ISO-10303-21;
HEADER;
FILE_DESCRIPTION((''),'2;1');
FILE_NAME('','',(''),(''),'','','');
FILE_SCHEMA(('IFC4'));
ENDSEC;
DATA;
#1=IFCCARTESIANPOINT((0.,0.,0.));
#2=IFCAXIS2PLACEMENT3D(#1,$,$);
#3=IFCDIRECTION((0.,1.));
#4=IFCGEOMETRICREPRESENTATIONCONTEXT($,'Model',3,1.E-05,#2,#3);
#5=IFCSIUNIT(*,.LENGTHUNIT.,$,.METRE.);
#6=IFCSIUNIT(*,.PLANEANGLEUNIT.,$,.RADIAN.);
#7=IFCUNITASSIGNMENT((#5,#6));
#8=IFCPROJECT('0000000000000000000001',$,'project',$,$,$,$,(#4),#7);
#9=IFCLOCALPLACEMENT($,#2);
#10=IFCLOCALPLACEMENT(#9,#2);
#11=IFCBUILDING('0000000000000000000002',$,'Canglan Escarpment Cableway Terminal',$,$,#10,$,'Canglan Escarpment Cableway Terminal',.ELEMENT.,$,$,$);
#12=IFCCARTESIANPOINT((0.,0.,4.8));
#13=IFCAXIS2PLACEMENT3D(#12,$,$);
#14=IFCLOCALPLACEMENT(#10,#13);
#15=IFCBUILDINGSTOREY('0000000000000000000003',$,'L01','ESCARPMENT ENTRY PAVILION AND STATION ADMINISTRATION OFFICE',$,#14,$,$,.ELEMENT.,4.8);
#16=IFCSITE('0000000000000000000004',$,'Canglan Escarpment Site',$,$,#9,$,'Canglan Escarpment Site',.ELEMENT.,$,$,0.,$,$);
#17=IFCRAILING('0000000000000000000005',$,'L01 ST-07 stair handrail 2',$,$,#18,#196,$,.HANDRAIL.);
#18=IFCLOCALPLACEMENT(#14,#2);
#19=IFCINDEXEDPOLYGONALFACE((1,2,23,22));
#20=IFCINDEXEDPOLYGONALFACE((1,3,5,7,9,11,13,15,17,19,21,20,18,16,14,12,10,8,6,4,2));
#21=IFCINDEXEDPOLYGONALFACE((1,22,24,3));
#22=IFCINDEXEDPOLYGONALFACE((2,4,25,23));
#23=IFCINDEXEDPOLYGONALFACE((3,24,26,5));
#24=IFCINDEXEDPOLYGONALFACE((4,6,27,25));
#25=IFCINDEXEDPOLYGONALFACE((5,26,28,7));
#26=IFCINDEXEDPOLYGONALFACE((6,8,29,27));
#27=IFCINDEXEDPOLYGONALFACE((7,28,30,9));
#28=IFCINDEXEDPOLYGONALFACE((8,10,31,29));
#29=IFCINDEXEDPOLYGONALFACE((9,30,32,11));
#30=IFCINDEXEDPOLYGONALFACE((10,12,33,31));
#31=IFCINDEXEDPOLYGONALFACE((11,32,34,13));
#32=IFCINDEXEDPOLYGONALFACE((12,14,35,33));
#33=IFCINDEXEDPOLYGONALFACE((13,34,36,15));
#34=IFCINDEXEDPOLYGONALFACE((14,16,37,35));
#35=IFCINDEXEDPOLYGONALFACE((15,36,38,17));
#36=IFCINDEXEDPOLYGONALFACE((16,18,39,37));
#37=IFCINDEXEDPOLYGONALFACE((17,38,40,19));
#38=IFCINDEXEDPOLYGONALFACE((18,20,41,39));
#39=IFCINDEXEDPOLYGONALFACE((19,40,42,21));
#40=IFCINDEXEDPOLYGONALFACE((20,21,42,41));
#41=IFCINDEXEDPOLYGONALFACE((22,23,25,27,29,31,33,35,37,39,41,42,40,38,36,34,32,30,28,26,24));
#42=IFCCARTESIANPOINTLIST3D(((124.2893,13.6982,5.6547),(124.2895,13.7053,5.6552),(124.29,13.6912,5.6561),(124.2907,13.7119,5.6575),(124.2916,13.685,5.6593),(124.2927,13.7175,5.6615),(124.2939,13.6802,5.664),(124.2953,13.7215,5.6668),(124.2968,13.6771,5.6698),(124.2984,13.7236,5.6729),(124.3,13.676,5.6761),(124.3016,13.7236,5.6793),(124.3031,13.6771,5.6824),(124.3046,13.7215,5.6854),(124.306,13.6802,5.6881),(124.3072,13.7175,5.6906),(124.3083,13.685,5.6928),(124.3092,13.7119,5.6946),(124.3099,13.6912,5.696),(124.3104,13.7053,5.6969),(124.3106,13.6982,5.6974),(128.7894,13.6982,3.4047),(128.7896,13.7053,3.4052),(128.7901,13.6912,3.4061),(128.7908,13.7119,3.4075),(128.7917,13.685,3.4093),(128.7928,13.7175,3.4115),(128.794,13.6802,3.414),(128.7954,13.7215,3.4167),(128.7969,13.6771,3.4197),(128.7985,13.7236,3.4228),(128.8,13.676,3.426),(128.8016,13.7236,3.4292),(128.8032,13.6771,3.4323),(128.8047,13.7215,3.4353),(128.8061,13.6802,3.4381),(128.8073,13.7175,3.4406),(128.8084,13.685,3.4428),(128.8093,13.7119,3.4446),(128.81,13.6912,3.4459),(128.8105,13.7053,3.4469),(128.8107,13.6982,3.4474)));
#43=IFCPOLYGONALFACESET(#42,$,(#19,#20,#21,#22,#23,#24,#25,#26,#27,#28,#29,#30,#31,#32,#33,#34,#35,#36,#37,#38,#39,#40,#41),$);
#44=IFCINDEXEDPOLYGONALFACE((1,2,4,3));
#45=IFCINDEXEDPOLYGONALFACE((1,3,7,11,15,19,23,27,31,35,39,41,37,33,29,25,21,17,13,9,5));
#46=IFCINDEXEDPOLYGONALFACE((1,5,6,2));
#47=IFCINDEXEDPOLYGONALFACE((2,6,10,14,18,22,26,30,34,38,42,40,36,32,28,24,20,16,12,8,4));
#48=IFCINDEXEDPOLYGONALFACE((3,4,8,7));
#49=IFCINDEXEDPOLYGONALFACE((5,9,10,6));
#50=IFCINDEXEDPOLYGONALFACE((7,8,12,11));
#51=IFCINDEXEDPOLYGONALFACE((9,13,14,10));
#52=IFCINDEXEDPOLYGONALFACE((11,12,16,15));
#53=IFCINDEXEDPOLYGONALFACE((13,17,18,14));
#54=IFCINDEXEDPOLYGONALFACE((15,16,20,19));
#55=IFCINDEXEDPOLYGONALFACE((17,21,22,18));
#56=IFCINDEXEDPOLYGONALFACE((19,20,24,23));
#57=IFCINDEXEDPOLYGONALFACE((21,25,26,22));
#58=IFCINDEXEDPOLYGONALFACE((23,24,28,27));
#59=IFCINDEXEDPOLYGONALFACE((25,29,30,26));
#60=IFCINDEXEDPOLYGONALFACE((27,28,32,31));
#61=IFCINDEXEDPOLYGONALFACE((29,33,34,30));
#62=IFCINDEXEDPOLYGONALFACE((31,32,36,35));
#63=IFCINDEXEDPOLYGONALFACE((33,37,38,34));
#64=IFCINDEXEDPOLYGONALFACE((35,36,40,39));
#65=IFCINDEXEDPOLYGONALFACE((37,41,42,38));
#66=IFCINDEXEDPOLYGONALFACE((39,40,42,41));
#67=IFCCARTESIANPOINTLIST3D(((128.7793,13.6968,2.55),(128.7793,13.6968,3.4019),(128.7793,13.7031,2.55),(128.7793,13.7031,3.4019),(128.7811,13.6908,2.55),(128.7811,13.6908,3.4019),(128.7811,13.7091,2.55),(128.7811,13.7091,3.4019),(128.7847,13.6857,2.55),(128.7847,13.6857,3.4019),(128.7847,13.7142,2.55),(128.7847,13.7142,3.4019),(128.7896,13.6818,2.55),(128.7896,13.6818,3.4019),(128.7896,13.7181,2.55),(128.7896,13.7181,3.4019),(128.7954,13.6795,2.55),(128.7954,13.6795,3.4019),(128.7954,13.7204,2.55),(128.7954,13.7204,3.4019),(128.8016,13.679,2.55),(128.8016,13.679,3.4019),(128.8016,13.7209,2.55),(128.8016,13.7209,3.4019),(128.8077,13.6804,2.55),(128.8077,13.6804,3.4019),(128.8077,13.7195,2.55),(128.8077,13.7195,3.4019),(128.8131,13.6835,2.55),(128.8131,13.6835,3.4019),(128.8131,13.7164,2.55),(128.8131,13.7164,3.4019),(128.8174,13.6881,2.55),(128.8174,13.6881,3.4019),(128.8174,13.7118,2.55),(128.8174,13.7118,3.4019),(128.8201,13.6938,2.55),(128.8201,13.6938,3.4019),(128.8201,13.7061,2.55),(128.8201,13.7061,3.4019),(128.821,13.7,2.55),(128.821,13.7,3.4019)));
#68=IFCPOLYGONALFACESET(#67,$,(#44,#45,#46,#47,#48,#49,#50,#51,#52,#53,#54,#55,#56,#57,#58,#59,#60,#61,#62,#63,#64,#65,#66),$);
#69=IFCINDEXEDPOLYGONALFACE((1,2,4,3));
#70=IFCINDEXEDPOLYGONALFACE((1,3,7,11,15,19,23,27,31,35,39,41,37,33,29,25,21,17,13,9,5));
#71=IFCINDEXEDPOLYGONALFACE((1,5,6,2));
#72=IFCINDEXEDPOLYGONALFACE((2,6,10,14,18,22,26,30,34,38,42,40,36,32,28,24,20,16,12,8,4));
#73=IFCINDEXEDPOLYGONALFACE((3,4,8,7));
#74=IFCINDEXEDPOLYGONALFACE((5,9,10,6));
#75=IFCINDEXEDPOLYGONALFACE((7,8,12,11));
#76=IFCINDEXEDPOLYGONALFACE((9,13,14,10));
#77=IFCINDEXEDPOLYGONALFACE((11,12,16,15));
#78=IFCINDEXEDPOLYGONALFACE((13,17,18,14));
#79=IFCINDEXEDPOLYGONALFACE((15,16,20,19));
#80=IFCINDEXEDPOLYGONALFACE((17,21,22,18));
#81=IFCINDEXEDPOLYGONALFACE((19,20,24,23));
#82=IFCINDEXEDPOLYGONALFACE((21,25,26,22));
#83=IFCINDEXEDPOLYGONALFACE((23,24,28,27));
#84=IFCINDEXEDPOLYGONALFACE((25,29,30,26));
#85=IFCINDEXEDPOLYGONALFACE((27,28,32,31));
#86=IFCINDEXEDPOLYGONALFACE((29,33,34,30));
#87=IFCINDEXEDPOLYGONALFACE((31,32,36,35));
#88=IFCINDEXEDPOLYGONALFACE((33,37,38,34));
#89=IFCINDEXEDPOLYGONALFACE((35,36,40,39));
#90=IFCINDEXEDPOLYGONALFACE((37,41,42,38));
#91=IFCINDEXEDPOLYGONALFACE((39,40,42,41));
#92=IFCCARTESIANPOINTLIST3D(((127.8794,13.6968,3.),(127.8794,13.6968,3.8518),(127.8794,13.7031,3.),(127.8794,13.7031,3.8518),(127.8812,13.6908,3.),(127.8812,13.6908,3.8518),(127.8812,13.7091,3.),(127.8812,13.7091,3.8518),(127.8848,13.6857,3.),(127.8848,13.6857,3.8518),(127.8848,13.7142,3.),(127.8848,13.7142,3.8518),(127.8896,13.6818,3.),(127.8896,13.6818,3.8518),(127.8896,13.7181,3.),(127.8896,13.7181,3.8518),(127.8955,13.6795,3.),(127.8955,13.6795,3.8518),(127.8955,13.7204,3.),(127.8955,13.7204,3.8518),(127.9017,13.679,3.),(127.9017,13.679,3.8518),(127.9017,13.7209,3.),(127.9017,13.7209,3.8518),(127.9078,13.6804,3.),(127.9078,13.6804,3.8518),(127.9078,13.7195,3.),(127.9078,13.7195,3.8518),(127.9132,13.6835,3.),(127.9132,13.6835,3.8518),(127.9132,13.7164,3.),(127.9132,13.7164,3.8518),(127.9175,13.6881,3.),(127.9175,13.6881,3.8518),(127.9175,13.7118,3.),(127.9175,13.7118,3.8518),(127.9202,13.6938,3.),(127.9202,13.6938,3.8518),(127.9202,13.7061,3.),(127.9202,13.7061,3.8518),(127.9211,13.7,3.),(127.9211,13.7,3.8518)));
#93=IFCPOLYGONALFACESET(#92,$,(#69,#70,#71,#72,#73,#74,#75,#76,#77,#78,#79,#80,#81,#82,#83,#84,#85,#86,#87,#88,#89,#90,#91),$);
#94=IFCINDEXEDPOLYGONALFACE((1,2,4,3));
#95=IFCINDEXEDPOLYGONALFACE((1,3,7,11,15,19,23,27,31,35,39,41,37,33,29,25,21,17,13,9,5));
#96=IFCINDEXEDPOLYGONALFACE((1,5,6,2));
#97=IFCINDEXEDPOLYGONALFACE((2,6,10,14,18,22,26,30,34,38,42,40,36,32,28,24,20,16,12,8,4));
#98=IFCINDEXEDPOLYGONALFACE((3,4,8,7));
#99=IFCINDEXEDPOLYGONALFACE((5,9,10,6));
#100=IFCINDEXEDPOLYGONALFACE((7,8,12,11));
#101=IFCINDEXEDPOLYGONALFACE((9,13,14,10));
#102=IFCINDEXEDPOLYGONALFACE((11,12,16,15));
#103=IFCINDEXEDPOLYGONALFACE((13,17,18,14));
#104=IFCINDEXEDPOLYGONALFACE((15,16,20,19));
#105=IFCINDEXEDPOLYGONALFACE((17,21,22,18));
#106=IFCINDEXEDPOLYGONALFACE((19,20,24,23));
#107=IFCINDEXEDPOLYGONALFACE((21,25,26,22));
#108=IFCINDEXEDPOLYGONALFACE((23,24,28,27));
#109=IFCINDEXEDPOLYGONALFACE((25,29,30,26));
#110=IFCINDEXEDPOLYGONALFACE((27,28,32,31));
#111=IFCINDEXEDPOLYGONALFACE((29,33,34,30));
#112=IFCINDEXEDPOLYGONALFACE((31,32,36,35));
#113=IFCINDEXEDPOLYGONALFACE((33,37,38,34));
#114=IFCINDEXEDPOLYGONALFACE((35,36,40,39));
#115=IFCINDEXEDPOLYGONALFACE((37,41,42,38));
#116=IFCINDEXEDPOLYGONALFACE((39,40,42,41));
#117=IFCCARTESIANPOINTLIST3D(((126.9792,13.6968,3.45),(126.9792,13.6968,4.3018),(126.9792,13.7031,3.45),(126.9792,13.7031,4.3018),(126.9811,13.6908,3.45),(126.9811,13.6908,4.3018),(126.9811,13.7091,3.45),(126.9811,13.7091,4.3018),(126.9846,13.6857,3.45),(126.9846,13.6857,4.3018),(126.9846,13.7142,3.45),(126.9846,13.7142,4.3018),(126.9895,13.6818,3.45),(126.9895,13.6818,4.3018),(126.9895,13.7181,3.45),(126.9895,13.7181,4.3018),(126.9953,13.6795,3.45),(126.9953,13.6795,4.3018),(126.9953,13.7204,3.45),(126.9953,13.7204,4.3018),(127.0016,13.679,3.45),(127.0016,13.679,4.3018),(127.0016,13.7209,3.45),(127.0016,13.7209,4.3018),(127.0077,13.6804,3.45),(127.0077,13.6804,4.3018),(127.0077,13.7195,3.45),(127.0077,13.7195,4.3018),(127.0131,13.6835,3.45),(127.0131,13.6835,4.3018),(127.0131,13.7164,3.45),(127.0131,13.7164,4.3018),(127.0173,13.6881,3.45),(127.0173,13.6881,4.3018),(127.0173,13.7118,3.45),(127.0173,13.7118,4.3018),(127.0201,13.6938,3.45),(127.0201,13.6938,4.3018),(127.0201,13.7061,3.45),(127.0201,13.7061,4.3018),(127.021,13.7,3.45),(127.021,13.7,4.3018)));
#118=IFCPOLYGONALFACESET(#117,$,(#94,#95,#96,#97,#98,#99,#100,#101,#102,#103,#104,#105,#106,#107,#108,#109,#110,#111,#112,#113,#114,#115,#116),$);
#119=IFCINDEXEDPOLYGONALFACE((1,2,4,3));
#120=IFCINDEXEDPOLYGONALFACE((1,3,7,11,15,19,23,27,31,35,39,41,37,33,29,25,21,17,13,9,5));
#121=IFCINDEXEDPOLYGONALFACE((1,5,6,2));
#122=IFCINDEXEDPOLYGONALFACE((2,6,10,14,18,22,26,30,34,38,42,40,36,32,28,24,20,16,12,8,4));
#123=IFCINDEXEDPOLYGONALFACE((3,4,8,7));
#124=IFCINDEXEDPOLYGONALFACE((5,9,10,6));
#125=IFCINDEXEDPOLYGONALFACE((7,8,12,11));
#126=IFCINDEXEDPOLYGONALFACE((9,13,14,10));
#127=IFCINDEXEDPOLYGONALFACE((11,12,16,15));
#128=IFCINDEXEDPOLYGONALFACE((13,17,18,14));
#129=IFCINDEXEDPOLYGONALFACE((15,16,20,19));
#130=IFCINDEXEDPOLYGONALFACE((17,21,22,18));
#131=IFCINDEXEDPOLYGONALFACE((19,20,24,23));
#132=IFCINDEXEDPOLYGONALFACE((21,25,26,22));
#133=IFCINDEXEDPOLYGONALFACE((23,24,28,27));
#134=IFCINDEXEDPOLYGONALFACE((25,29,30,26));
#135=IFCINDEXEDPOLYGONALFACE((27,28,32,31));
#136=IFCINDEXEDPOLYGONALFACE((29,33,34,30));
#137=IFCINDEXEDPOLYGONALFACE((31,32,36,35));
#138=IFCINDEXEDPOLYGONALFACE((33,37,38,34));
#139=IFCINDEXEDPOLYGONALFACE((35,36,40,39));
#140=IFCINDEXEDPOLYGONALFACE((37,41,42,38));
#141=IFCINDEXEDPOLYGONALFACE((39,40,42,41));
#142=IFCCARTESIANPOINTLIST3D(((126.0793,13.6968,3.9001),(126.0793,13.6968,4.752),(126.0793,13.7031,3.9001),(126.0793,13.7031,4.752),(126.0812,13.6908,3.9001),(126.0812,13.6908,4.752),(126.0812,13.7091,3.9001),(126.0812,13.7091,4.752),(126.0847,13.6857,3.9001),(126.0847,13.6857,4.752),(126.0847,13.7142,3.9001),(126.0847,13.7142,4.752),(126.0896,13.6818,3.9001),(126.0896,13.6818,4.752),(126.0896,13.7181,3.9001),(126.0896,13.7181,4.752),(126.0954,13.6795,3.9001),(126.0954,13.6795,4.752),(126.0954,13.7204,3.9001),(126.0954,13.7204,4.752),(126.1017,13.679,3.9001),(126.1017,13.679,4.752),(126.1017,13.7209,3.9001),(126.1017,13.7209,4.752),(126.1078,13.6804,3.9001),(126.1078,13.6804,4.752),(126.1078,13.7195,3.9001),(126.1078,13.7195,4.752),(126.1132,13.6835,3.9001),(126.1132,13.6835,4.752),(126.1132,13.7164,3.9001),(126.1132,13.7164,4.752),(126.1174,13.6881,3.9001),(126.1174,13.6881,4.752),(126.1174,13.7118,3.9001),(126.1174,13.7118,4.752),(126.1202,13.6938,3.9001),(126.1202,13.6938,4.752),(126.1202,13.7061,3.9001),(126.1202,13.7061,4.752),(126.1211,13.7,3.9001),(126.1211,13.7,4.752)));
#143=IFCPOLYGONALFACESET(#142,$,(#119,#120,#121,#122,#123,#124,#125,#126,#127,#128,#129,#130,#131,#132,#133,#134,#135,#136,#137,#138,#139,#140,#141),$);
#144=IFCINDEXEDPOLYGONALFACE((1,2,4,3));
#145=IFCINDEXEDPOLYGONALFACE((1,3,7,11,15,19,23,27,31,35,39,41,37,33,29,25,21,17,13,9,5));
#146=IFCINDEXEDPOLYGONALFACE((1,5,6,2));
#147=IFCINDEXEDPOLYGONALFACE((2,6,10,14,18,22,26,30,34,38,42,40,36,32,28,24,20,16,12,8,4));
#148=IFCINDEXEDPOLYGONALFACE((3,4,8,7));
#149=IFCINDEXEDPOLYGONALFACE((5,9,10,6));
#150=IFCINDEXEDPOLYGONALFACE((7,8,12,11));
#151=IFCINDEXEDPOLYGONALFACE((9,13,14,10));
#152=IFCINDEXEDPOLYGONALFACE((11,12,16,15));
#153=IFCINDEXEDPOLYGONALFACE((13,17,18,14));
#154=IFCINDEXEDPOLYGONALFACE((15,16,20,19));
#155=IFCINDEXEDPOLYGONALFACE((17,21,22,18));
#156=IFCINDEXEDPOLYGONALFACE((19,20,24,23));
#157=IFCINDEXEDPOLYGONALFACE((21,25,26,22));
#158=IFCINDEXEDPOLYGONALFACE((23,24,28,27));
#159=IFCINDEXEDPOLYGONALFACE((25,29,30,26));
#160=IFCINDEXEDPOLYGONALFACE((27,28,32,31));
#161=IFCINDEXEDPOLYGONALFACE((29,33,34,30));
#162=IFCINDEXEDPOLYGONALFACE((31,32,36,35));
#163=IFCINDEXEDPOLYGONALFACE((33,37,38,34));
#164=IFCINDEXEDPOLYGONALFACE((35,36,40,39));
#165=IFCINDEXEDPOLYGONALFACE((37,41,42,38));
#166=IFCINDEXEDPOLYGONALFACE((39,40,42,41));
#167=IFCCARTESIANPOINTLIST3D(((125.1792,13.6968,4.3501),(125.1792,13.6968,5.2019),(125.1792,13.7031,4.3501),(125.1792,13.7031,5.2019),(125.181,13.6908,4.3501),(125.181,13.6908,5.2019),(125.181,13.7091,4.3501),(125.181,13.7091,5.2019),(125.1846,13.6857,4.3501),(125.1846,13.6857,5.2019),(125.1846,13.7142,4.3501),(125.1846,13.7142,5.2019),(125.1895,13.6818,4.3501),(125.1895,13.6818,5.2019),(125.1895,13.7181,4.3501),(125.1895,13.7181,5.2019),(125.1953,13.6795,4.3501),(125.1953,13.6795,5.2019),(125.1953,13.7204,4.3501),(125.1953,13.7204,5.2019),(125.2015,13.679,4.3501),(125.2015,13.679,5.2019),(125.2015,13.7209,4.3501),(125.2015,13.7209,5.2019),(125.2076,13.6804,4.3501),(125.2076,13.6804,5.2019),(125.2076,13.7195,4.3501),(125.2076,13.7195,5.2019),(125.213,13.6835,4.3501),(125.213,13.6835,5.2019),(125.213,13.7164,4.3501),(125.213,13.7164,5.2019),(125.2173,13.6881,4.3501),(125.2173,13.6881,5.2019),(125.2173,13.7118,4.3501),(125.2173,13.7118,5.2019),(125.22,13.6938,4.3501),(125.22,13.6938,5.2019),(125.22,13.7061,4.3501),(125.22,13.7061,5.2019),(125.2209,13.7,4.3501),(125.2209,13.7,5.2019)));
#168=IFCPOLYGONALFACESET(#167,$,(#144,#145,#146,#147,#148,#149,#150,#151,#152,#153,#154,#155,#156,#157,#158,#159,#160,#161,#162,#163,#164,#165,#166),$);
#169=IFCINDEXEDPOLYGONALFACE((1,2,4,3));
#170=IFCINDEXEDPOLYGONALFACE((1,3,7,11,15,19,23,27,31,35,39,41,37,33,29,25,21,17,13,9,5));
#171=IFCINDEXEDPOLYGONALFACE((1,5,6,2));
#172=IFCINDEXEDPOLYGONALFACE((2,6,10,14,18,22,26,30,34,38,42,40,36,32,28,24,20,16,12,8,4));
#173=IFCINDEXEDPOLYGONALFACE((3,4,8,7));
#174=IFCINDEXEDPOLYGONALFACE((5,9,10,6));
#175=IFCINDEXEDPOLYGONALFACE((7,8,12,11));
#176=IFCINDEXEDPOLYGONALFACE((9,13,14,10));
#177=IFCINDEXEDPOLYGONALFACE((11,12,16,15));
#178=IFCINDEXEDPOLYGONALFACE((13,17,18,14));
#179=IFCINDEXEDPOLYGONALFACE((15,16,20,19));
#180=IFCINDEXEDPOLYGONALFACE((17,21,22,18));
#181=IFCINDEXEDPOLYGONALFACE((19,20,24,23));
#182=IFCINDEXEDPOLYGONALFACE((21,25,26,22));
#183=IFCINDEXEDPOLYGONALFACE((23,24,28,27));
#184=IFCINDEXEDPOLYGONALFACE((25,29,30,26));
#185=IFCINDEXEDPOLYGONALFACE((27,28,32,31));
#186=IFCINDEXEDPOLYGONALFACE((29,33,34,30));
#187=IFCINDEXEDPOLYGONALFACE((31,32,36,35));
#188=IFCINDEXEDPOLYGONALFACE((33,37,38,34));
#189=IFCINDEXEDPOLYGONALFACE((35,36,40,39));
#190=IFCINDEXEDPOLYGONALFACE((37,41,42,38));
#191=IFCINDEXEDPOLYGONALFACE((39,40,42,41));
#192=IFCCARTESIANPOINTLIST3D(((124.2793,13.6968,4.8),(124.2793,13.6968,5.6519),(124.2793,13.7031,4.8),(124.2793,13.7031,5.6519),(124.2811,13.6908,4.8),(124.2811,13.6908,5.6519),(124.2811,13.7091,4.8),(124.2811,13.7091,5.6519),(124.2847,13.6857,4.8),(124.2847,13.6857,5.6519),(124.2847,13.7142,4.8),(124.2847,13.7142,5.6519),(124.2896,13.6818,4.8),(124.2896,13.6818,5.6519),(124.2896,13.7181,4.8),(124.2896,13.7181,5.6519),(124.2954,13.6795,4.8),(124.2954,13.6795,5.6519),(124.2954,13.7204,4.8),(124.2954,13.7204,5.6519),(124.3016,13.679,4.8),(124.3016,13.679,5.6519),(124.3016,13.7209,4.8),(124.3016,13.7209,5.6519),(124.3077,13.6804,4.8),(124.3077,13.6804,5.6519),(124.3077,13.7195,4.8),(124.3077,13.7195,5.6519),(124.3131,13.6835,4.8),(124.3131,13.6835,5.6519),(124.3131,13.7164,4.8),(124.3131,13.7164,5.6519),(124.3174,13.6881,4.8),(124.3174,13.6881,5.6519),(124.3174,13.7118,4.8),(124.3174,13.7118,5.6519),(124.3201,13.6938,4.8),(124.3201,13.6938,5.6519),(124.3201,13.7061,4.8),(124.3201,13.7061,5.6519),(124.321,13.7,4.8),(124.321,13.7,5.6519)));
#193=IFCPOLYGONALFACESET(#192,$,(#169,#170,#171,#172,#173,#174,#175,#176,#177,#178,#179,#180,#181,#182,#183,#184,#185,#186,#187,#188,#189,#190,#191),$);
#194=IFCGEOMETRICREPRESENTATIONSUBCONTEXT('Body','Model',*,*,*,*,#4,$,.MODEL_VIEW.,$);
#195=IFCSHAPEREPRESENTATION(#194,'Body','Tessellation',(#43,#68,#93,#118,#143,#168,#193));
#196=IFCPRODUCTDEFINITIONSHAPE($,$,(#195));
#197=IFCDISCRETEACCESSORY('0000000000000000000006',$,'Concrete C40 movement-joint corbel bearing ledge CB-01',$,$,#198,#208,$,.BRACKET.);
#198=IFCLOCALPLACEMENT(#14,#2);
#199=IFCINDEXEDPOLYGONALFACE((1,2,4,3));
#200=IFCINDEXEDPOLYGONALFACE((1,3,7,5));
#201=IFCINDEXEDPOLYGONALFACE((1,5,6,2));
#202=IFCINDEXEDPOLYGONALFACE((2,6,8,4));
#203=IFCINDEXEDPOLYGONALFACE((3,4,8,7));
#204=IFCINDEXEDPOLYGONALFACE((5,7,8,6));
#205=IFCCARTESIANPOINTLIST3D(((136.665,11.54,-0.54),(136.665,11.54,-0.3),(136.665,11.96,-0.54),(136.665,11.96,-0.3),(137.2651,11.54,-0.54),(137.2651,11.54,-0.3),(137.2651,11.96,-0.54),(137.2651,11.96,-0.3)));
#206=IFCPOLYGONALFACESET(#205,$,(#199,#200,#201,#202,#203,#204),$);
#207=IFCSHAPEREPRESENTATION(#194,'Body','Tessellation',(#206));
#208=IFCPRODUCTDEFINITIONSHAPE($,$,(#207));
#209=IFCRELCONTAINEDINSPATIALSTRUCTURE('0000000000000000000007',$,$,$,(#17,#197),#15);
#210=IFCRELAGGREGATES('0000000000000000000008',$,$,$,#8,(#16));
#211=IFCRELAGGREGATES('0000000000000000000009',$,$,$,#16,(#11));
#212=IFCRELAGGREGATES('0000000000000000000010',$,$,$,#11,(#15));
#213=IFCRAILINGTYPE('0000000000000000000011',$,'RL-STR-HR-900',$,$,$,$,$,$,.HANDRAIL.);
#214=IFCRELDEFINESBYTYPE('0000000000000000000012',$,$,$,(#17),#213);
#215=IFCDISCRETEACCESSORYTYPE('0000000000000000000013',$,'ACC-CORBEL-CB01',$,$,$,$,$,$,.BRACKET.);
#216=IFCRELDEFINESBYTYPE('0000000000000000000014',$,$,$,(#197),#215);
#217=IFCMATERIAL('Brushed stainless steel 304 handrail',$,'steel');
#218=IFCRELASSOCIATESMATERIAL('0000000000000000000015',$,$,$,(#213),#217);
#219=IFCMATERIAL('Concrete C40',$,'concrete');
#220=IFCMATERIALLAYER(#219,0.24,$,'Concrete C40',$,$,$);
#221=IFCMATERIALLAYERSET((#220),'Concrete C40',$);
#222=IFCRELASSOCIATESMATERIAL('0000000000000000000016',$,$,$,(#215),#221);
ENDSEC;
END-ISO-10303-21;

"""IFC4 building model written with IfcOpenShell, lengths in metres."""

from ifc_helpers import new_model, si_unit, direction, frame, origin, origin_2d, place, context, subcontext, project, spatial, rectangle, circle, extrude, material, layer, layer_set, type_object, element, save


model = new_model("IFC4")

# Units and contexts
model_context = context("Model", 3, precision=1e-05, world=origin(), true_north=direction((0.0, 1.0)))
body_context = subcontext(model_context, "Body", "Model", "MODEL_VIEW")
ifc_project = project(units=[si_unit("LENGTHUNIT", "METRE"), si_unit("PLANEANGLEUNIT", "RADIAN")], contexts=[model_context])

# Site, building, storey
site_placement = place(None, origin())
site = spatial("IfcSite", under=ifc_project, at=site_placement, Name="Canglan Escarpment Site", LongName="Canglan Escarpment Site", CompositionType="ELEMENT", RefElevation=0.0)
building_placement = place(site_placement, origin())
building = spatial("IfcBuilding", under=site, at=building_placement, Name="Canglan Escarpment Cableway Terminal", LongName="Canglan Escarpment Cableway Terminal", CompositionType="ELEMENT")
storey_placement = place(building_placement, frame((0.0, 0.0, 4.8)))
storey = spatial("IfcBuildingStorey", under=building, at=storey_placement, Name="L01", Description="ESCARPMENT ENTRY PAVILION AND STATION ADMINISTRATION OFFICE", CompositionType="ELEMENT", Elevation=4.8)

# Shared definitions
ifc_material_1 = material(Name="Concrete C40", Category="concrete")

# Railing
ifc_material_2 = material(Name="Brushed stainless steel 304 handrail", Category="steel")
railing_type_1 = type_object("IfcRailingType", Name="RL-STR-HR-900", PredefinedType="HANDRAIL", material=ifc_material_2)
railing_1_placement = place(storey_placement, frame((128.8, 13.7, 2.55)))
element("IfcRailing", 1, at=railing_1_placement, inside=storey, type_object=railing_type_1, Name="L01 ST-07 stair handrail 2", PredefinedType="HANDRAIL", context=body_context, shape_type="SweptSolid", body=[
    extrude(circle(Radius=0.0239, at=origin_2d()), frame((0.0, 0.0, 0.876), z_axis=(-0.894427, 0.0, 0.447214), x_axis=(0.0, -1.0, 0.0)), (0.0, 0.0, 1.0), 5.0312),
    extrude(circle(Radius=0.021, at=origin_2d()), origin(), (0.0, 0.0, 1.0), 0.8518),
    extrude(circle(Radius=0.021, at=origin_2d()), frame((-0.8999, 0.0, 0.45)), (0.0, 0.0, 1.0), 0.8518),
    extrude(circle(Radius=0.021, at=origin_2d()), frame((-1.8, 0.0, 0.8999)), (0.0, 0.0, 1.0), 0.8518),
    extrude(circle(Radius=0.021, at=origin_2d()), frame((-2.7, 0.0, 1.3501)), (0.0, 0.0, 1.0), 0.8518),
    extrude(circle(Radius=0.021, at=origin_2d()), frame((-3.6001, 0.0, 1.8)), (0.0, 0.0, 1.0), 0.8518),
    extrude(circle(Radius=0.021, at=origin_2d()), frame((-4.5, 0.0, 2.25)), (0.0, 0.0, 1.0), 0.8518),
])

# Discrete accessory
ifc_layer_1 = layer(ifc_material_1, 0.24, Name="Concrete C40")
ifc_layer_set_1 = layer_set([ifc_layer_1], Name="Concrete C40")
discrete_accessory_type_1 = type_object("IfcDiscreteAccessoryType", Name="ACC-CORBEL-CB01", PredefinedType="BRACKET", material=ifc_layer_set_1)
for number, where, z_axis, x_axis, name in (
    (2, (136.9651, 11.75, -0.54), (0.0, 0.0, 1.0), (1.0, 0.0, 0.0), "Concrete C40 movement-joint corbel bearing ledge CB-01"),
):
    element("IfcDiscreteAccessory", number, at=place(storey_placement, frame(where, z_axis=z_axis, x_axis=x_axis)), inside=storey, type_object=discrete_accessory_type_1, Name=name, PredefinedType="BRACKET", context=body_context, shape_type="SweptSolid", body=[
        extrude(rectangle(XDim=0.6001, YDim=0.4199, at=origin_2d()), origin(), (0.0, 0.0, 1.0), 0.24),
    ])

save(model, "model.ifc")
